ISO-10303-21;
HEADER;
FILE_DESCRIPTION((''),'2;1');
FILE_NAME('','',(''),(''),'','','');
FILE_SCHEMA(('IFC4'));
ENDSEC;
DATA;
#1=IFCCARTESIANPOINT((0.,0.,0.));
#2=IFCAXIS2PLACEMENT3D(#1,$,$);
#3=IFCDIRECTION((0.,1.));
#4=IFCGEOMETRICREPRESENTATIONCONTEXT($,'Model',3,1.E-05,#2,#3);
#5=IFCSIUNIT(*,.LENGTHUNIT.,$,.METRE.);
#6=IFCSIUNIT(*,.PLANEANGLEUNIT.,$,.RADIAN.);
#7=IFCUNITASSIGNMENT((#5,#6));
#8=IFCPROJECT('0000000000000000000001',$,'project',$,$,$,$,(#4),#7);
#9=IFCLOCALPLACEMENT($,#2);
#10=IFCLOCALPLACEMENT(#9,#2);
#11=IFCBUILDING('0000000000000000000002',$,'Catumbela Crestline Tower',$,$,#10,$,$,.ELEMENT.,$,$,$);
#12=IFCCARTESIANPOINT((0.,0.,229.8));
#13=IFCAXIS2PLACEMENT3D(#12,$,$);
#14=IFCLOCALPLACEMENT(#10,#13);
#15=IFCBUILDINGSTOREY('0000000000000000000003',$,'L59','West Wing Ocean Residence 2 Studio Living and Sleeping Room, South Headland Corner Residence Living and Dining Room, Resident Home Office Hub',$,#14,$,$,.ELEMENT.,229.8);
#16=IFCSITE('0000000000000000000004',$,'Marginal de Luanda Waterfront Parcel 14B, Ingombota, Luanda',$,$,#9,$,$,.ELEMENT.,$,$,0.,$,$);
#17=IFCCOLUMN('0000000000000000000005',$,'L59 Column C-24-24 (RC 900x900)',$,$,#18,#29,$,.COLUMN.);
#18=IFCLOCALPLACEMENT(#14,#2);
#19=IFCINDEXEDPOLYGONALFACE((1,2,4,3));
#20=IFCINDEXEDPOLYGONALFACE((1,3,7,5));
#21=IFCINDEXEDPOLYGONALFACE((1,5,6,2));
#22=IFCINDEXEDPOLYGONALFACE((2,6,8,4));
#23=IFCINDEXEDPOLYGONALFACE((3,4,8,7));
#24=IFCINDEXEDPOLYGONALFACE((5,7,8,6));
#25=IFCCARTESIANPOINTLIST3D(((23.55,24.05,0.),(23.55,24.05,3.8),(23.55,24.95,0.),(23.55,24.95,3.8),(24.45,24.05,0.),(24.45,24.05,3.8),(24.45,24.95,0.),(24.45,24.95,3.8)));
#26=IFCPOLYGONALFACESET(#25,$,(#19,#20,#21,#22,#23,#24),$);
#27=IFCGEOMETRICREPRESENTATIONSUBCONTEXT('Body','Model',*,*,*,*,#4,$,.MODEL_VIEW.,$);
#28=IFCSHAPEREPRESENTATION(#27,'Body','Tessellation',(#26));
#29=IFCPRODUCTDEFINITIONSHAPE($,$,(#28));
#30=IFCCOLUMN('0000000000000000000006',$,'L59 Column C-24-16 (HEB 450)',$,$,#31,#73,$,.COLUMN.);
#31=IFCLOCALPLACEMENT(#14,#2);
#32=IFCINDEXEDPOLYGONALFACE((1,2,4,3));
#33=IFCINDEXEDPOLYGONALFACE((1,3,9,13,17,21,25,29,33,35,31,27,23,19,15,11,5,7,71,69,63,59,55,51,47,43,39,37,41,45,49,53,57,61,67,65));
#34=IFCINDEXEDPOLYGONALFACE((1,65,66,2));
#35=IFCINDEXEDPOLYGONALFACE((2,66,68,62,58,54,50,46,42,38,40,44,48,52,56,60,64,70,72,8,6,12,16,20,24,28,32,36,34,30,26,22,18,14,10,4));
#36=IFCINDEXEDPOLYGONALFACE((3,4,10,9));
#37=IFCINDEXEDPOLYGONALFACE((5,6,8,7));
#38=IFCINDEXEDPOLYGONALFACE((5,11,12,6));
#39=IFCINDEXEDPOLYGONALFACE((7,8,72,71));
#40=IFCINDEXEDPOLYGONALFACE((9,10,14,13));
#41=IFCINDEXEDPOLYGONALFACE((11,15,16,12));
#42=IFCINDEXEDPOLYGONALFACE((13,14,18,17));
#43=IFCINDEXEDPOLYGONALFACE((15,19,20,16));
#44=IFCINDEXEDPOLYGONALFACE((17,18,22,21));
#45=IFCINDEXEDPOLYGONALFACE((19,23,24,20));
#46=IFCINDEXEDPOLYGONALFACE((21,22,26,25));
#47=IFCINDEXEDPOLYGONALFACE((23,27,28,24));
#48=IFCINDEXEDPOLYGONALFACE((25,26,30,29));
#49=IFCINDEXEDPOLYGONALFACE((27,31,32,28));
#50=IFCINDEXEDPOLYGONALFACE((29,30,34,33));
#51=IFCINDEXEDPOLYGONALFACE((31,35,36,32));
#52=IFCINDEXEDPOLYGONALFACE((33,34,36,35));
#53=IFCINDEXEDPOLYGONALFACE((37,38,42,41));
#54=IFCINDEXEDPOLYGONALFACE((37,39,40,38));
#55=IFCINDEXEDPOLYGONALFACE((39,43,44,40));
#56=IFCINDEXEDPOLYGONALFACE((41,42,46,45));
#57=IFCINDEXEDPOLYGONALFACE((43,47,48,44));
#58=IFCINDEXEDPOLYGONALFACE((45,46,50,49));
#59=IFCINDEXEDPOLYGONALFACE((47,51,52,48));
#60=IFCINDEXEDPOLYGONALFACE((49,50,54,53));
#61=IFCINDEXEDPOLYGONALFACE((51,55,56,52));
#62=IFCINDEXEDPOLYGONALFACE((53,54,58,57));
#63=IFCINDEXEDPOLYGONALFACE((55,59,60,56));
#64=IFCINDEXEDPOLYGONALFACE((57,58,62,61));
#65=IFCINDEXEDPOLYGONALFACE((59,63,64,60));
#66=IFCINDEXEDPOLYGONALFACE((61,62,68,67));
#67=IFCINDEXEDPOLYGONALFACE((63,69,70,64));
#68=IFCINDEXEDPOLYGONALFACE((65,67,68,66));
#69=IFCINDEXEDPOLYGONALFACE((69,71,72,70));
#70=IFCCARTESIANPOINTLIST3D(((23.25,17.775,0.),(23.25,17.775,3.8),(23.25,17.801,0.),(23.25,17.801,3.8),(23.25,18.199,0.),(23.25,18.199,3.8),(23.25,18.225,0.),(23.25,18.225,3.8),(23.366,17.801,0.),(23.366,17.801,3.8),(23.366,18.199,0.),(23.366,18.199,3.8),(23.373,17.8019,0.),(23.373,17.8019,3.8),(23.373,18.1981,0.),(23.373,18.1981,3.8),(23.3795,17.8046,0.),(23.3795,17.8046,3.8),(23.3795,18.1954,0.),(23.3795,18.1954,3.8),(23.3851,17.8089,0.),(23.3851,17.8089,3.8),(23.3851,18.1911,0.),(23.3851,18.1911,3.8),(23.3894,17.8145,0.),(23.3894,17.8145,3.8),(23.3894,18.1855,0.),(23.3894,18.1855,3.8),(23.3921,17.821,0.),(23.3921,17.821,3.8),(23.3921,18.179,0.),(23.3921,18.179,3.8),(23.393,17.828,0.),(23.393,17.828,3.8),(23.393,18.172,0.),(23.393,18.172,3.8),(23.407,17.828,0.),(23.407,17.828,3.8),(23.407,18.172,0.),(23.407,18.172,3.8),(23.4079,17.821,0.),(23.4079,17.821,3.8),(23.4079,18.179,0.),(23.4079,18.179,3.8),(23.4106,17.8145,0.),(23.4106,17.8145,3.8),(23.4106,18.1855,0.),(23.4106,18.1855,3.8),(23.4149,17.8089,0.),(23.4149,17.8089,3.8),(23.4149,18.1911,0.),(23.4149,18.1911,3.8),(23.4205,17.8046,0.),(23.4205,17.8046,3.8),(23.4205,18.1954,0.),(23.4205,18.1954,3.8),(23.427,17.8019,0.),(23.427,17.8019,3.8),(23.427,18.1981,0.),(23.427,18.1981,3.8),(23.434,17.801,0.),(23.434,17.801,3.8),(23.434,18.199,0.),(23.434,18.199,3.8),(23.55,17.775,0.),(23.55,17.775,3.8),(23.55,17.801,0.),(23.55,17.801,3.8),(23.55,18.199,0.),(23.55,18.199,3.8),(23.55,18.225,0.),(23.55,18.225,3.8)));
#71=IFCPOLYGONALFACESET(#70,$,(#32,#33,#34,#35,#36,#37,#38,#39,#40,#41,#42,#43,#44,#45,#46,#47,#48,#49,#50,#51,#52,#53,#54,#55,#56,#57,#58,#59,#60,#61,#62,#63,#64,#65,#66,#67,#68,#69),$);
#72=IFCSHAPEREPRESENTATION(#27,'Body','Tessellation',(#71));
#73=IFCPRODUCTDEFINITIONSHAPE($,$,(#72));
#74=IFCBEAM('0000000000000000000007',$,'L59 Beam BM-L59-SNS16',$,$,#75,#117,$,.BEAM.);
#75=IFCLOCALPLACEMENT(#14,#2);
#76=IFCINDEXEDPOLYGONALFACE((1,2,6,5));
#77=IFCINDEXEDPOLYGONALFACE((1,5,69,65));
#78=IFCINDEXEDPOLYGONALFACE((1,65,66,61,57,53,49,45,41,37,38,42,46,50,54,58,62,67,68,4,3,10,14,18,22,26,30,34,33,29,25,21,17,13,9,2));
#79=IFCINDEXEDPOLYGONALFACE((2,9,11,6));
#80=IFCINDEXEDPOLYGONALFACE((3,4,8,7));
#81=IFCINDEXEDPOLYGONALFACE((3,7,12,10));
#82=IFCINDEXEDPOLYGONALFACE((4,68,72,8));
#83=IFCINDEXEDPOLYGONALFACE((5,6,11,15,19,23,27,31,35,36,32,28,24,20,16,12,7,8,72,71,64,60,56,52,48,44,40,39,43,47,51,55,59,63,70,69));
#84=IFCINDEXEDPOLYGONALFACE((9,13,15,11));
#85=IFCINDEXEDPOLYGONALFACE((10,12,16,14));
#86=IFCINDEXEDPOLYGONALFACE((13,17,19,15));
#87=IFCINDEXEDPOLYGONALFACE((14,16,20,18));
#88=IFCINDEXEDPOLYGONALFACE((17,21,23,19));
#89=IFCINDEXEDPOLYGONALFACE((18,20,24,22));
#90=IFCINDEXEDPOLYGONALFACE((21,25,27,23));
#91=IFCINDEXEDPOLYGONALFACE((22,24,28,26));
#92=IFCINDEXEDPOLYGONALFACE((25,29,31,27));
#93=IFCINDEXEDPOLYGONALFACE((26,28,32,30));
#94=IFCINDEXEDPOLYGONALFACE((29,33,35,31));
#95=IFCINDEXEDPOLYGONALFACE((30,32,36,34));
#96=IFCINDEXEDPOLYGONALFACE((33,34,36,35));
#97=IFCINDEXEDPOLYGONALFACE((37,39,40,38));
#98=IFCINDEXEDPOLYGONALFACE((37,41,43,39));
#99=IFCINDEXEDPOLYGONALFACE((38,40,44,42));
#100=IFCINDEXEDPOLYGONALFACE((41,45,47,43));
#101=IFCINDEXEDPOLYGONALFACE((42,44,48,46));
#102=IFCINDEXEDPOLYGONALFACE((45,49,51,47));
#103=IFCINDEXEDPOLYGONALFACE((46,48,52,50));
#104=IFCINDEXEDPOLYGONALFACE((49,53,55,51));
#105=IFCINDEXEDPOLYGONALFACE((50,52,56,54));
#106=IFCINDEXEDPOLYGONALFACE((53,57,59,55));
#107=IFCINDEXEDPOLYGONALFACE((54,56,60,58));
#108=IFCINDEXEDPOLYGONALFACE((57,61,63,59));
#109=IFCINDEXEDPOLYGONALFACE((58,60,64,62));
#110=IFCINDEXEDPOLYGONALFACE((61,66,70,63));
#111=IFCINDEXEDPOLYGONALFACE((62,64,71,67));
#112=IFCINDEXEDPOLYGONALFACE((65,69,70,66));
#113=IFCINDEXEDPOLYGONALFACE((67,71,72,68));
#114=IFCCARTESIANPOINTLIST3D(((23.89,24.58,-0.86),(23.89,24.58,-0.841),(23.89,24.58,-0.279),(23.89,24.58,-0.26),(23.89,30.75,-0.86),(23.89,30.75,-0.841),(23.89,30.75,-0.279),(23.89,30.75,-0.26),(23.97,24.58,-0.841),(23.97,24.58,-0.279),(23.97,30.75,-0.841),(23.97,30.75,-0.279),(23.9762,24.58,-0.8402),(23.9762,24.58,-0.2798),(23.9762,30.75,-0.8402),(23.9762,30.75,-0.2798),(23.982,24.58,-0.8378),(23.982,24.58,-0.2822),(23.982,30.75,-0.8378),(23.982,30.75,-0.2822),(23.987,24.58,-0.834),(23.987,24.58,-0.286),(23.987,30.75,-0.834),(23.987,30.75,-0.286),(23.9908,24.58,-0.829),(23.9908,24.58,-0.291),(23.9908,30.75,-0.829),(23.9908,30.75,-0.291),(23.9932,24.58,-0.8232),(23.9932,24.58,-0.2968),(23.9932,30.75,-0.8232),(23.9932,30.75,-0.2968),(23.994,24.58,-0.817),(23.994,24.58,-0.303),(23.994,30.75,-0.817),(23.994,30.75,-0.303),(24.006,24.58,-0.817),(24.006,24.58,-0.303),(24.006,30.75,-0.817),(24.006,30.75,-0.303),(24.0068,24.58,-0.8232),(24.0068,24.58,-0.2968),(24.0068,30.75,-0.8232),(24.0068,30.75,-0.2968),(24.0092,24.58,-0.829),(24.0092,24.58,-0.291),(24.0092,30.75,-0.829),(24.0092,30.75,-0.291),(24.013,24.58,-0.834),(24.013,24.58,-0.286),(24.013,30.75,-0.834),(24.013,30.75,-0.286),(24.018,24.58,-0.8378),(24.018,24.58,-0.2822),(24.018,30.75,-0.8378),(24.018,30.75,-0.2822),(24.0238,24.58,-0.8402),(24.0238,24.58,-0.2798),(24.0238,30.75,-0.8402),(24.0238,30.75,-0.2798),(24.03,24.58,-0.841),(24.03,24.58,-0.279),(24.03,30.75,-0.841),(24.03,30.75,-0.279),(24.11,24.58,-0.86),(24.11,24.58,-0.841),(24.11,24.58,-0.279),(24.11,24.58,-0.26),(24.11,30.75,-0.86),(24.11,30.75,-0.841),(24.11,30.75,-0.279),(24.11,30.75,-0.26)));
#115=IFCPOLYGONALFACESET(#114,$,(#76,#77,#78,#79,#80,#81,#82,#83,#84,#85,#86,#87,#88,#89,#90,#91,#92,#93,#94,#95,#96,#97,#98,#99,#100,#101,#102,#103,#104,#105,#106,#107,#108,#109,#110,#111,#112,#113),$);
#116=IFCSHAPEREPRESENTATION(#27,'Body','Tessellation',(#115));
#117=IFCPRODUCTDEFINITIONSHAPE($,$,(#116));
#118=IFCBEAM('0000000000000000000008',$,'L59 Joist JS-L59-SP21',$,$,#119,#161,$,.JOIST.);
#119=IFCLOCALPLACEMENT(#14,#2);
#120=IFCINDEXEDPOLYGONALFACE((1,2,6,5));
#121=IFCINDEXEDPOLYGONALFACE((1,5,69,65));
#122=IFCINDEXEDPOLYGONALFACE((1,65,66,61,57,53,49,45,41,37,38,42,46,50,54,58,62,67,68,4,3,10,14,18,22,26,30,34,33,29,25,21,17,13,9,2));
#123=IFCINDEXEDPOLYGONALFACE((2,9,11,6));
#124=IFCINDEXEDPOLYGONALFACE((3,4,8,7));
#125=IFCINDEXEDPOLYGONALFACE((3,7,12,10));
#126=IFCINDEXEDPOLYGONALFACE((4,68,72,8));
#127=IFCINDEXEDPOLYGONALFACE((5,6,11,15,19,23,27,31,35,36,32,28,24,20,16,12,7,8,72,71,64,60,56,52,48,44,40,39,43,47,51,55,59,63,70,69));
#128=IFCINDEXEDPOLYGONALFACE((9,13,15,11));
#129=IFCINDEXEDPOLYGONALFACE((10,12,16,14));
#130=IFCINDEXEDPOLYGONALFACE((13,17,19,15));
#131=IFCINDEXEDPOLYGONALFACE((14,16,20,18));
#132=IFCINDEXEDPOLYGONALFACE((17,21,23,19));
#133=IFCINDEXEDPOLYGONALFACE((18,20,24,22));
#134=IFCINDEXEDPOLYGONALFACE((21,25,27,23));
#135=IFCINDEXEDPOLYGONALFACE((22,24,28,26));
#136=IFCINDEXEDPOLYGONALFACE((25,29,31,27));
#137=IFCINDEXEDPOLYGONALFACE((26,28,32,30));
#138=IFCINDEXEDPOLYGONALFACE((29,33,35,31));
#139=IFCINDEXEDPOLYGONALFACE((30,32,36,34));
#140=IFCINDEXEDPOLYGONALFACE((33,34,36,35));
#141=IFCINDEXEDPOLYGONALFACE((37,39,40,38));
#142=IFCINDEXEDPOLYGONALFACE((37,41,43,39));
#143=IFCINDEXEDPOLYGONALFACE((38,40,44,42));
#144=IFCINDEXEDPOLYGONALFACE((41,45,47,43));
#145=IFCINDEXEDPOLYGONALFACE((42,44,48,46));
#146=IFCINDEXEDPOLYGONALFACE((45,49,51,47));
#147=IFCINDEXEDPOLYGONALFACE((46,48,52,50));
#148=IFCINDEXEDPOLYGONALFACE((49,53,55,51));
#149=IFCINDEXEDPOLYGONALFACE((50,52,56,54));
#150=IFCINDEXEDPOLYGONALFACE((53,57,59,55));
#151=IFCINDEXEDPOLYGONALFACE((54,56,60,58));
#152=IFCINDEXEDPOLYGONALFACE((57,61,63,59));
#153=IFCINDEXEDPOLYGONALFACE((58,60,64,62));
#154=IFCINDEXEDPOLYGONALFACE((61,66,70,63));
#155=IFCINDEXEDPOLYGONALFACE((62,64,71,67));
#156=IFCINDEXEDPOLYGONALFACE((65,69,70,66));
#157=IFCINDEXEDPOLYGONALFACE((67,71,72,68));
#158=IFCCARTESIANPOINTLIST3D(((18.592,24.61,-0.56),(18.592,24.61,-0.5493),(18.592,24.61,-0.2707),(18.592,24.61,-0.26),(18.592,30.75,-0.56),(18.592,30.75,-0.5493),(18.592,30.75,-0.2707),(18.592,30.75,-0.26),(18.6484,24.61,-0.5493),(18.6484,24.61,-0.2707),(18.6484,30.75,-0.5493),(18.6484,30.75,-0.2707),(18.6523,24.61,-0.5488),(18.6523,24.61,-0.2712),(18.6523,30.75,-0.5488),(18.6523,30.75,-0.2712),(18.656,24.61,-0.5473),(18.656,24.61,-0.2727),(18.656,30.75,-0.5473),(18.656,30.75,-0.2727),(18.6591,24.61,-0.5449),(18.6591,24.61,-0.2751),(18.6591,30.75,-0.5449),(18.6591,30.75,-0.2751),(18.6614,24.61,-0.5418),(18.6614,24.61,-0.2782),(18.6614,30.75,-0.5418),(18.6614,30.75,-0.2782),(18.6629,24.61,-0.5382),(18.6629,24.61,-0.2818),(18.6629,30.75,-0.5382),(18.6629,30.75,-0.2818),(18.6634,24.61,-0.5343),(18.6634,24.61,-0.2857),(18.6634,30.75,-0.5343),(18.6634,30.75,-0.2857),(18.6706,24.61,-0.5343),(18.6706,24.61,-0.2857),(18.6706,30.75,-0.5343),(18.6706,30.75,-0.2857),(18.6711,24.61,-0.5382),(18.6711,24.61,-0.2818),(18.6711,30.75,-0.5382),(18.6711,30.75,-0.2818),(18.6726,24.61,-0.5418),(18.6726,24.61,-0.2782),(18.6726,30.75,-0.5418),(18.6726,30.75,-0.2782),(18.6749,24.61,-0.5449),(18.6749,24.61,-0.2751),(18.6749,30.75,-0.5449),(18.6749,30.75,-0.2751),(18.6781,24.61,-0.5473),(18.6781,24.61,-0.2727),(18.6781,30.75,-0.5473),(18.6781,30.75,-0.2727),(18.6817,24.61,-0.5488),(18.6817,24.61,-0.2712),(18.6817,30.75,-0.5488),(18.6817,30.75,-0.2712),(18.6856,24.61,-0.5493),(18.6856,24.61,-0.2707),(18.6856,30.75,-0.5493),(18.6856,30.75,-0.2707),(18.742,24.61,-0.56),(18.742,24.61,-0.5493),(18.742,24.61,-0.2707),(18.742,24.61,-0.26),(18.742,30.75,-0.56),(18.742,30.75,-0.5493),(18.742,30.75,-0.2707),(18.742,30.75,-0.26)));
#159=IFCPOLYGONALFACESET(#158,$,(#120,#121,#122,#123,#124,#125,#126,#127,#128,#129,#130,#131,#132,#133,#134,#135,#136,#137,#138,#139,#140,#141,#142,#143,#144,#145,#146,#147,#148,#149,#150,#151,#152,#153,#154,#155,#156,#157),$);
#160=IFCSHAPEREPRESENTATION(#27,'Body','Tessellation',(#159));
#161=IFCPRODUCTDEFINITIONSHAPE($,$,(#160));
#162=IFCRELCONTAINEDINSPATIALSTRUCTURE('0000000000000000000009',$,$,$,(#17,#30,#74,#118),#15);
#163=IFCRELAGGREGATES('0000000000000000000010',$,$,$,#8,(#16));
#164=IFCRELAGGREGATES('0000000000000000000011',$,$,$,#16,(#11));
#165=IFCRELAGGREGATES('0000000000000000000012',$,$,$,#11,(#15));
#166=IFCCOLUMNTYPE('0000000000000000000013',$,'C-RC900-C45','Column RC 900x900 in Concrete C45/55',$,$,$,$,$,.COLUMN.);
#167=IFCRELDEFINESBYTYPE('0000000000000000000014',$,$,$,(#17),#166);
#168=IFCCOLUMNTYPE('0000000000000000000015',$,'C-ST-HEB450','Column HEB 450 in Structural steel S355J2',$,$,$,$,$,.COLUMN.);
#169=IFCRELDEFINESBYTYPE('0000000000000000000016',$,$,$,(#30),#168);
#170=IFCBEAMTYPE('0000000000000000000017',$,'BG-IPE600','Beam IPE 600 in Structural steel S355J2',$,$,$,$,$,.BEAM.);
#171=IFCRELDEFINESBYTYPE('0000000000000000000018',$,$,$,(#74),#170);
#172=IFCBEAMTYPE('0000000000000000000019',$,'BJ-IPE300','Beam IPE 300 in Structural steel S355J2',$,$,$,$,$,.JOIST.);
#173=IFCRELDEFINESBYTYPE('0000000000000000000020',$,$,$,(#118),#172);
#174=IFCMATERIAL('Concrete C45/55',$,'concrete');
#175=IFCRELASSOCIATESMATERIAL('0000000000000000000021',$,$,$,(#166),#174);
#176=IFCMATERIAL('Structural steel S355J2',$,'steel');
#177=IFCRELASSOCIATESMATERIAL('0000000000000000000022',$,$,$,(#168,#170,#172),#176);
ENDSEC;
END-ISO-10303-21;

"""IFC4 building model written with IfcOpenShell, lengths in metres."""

from ifc_helpers import new_model, si_unit, direction, frame, origin, origin_2d, place, context, subcontext, project, spatial, rectangle, i_section, extrude, material, material_profile, profile_set, type_object, element, save


model = new_model("IFC4")

# Units and contexts
model_context = context("Model", 3, precision=1e-05, world=origin(), true_north=direction((0.0, 1.0)))
body_context = subcontext(model_context, "Body", "Model", "MODEL_VIEW")
ifc_project = project(units=[si_unit("LENGTHUNIT", "METRE"), si_unit("PLANEANGLEUNIT", "RADIAN")], contexts=[model_context])

# Site, building, storey
site_placement = place(None, origin())
site = spatial("IfcSite", under=ifc_project, at=site_placement, Name="Marginal de Luanda Waterfront Parcel 14B, Ingombota, Luanda", CompositionType="ELEMENT", RefElevation=0.0)
building_placement = place(site_placement, origin())
building = spatial("IfcBuilding", under=site, at=building_placement, Name="Catumbela Crestline Tower", CompositionType="ELEMENT")
storey_placement = place(building_placement, frame((0.0, 0.0, 229.8)))
storey = spatial("IfcBuildingStorey", under=building, at=storey_placement, Name="L59", Description="West Wing Ocean Residence 2 Studio Living and Sleeping Room, South Headland Corner Residence Living and Dining Room, Resident Home Office Hub", CompositionType="ELEMENT", Elevation=229.8)

# Columns
ifc_material_1 = material(Name="Concrete C45/55", Category="concrete")
ifc_material_profile_1 = material_profile(ifc_material_1, rectangle(XDim=0.9, YDim=0.9, at=origin_2d()), Name="RC 900x900")
ifc_profile_set_1 = profile_set([ifc_material_profile_1], Name="Concrete C45/55")
column_type_1 = type_object("IfcColumnType", Name="C-RC900-C45", Description="Column RC 900x900 in Concrete C45/55", PredefinedType="COLUMN", material=ifc_profile_set_1)
column_1_placement = place(storey_placement, frame((24.0, 24.5, 0.0), z_axis=(0.0, 0.0, 1.0), x_axis=(1.0, 0.0, 0.0)))
element("IfcColumn", 1, at=column_1_placement, inside=storey, type_object=column_type_1, Name="L59 Column C-24-24 (RC 900x900)", PredefinedType="COLUMN", context=body_context, shape_type="SweptSolid", body=[
    extrude(rectangle(XDim=0.9, YDim=0.9, at=origin_2d()), origin(), (0.0, 0.0, 1.0), 3.8),
])
ifc_material_2 = material(Name="Structural steel S355J2", Category="steel")
ifc_material_profile_2 = material_profile(ifc_material_2, i_section(OverallWidth=0.3, OverallDepth=0.45, WebThickness=0.014, FlangeThickness=0.026, FilletRadius=0.027, at=origin_2d()), Name="HEB 450")
ifc_profile_set_2 = profile_set([ifc_material_profile_2], Name="Structural steel S355J2")
column_type_2 = type_object("IfcColumnType", Name="C-ST-HEB450", Description="Column HEB 450 in Structural steel S355J2", PredefinedType="COLUMN", material=ifc_profile_set_2)
column_2_placement = place(storey_placement, frame((23.4, 18.0, 0.0), z_axis=(0.0, 0.0, 1.0), x_axis=(1.0, 0.0, 0.0)))
element("IfcColumn", 2, at=column_2_placement, inside=storey, type_object=column_type_2, Name="L59 Column C-24-16 (HEB 450)", PredefinedType="COLUMN", context=body_context, shape_type="SweptSolid", body=[
    extrude(i_section(OverallWidth=0.3, OverallDepth=0.45, WebThickness=0.014, FlangeThickness=0.026, FilletRadius=0.027, at=origin_2d()), origin(), (0.0, 0.0, 1.0), 3.8),
])

# Beams
ifc_material_profile_3 = material_profile(ifc_material_2, i_section(OverallWidth=0.22, OverallDepth=0.6, WebThickness=0.012, FlangeThickness=0.019, FilletRadius=0.024, at=origin_2d()), Name="IPE 600")
ifc_profile_set_3 = profile_set([ifc_material_profile_3], Name="Structural steel S355J2")
beam_type_1 = type_object("IfcBeamType", Name="BG-IPE600", Description="Beam IPE 600 in Structural steel S355J2", PredefinedType="BEAM", material=ifc_profile_set_3)
beam_1_placement = place(storey_placement, frame((24.0, 24.58, -0.56), z_axis=(0.0, 1.0, 0.0), x_axis=(-1.0, 0.0, 0.0)))
element("IfcBeam", 3, at=beam_1_placement, inside=storey, type_object=beam_type_1, Name="L59 Beam BM-L59-SNS16", PredefinedType="BEAM", context=body_context, shape_type="SweptSolid", body=[
    extrude(i_section(OverallWidth=0.22, OverallDepth=0.6, WebThickness=0.012, FlangeThickness=0.019, FilletRadius=0.024, at=origin_2d()), origin(), (0.0, 0.0, 1.0), 6.17),
])
ifc_material_profile_4 = material_profile(ifc_material_2, i_section(OverallWidth=0.15, OverallDepth=0.3, WebThickness=0.0071, FlangeThickness=0.0107, FilletRadius=0.015, at=origin_2d()), Name="IPE 300")
ifc_profile_set_4 = profile_set([ifc_material_profile_4], Name="Structural steel S355J2")
beam_type_2 = type_object("IfcBeamType", Name="BJ-IPE300", Description="Beam IPE 300 in Structural steel S355J2", PredefinedType="JOIST", material=ifc_profile_set_4)
for number, where, z_axis, x_axis, name in (
    (4, (18.667, 24.61, -0.41), (0.0, 1.0, 0.0), (-1.0, 0.0, 0.0), "L59 Joist JS-L59-SP21"),
):
    element("IfcBeam", number, at=place(storey_placement, frame(where, z_axis=z_axis, x_axis=x_axis)), inside=storey, type_object=beam_type_2, Name=name, PredefinedType="JOIST", context=body_context, shape_type="SweptSolid", body=[
        extrude(i_section(OverallWidth=0.15, OverallDepth=0.3, WebThickness=0.0071, FlangeThickness=0.0107, FilletRadius=0.015, at=origin_2d()), origin(), (0.0, 0.0, 1.0), 6.14),
    ])

save(model, "model.ifc")
